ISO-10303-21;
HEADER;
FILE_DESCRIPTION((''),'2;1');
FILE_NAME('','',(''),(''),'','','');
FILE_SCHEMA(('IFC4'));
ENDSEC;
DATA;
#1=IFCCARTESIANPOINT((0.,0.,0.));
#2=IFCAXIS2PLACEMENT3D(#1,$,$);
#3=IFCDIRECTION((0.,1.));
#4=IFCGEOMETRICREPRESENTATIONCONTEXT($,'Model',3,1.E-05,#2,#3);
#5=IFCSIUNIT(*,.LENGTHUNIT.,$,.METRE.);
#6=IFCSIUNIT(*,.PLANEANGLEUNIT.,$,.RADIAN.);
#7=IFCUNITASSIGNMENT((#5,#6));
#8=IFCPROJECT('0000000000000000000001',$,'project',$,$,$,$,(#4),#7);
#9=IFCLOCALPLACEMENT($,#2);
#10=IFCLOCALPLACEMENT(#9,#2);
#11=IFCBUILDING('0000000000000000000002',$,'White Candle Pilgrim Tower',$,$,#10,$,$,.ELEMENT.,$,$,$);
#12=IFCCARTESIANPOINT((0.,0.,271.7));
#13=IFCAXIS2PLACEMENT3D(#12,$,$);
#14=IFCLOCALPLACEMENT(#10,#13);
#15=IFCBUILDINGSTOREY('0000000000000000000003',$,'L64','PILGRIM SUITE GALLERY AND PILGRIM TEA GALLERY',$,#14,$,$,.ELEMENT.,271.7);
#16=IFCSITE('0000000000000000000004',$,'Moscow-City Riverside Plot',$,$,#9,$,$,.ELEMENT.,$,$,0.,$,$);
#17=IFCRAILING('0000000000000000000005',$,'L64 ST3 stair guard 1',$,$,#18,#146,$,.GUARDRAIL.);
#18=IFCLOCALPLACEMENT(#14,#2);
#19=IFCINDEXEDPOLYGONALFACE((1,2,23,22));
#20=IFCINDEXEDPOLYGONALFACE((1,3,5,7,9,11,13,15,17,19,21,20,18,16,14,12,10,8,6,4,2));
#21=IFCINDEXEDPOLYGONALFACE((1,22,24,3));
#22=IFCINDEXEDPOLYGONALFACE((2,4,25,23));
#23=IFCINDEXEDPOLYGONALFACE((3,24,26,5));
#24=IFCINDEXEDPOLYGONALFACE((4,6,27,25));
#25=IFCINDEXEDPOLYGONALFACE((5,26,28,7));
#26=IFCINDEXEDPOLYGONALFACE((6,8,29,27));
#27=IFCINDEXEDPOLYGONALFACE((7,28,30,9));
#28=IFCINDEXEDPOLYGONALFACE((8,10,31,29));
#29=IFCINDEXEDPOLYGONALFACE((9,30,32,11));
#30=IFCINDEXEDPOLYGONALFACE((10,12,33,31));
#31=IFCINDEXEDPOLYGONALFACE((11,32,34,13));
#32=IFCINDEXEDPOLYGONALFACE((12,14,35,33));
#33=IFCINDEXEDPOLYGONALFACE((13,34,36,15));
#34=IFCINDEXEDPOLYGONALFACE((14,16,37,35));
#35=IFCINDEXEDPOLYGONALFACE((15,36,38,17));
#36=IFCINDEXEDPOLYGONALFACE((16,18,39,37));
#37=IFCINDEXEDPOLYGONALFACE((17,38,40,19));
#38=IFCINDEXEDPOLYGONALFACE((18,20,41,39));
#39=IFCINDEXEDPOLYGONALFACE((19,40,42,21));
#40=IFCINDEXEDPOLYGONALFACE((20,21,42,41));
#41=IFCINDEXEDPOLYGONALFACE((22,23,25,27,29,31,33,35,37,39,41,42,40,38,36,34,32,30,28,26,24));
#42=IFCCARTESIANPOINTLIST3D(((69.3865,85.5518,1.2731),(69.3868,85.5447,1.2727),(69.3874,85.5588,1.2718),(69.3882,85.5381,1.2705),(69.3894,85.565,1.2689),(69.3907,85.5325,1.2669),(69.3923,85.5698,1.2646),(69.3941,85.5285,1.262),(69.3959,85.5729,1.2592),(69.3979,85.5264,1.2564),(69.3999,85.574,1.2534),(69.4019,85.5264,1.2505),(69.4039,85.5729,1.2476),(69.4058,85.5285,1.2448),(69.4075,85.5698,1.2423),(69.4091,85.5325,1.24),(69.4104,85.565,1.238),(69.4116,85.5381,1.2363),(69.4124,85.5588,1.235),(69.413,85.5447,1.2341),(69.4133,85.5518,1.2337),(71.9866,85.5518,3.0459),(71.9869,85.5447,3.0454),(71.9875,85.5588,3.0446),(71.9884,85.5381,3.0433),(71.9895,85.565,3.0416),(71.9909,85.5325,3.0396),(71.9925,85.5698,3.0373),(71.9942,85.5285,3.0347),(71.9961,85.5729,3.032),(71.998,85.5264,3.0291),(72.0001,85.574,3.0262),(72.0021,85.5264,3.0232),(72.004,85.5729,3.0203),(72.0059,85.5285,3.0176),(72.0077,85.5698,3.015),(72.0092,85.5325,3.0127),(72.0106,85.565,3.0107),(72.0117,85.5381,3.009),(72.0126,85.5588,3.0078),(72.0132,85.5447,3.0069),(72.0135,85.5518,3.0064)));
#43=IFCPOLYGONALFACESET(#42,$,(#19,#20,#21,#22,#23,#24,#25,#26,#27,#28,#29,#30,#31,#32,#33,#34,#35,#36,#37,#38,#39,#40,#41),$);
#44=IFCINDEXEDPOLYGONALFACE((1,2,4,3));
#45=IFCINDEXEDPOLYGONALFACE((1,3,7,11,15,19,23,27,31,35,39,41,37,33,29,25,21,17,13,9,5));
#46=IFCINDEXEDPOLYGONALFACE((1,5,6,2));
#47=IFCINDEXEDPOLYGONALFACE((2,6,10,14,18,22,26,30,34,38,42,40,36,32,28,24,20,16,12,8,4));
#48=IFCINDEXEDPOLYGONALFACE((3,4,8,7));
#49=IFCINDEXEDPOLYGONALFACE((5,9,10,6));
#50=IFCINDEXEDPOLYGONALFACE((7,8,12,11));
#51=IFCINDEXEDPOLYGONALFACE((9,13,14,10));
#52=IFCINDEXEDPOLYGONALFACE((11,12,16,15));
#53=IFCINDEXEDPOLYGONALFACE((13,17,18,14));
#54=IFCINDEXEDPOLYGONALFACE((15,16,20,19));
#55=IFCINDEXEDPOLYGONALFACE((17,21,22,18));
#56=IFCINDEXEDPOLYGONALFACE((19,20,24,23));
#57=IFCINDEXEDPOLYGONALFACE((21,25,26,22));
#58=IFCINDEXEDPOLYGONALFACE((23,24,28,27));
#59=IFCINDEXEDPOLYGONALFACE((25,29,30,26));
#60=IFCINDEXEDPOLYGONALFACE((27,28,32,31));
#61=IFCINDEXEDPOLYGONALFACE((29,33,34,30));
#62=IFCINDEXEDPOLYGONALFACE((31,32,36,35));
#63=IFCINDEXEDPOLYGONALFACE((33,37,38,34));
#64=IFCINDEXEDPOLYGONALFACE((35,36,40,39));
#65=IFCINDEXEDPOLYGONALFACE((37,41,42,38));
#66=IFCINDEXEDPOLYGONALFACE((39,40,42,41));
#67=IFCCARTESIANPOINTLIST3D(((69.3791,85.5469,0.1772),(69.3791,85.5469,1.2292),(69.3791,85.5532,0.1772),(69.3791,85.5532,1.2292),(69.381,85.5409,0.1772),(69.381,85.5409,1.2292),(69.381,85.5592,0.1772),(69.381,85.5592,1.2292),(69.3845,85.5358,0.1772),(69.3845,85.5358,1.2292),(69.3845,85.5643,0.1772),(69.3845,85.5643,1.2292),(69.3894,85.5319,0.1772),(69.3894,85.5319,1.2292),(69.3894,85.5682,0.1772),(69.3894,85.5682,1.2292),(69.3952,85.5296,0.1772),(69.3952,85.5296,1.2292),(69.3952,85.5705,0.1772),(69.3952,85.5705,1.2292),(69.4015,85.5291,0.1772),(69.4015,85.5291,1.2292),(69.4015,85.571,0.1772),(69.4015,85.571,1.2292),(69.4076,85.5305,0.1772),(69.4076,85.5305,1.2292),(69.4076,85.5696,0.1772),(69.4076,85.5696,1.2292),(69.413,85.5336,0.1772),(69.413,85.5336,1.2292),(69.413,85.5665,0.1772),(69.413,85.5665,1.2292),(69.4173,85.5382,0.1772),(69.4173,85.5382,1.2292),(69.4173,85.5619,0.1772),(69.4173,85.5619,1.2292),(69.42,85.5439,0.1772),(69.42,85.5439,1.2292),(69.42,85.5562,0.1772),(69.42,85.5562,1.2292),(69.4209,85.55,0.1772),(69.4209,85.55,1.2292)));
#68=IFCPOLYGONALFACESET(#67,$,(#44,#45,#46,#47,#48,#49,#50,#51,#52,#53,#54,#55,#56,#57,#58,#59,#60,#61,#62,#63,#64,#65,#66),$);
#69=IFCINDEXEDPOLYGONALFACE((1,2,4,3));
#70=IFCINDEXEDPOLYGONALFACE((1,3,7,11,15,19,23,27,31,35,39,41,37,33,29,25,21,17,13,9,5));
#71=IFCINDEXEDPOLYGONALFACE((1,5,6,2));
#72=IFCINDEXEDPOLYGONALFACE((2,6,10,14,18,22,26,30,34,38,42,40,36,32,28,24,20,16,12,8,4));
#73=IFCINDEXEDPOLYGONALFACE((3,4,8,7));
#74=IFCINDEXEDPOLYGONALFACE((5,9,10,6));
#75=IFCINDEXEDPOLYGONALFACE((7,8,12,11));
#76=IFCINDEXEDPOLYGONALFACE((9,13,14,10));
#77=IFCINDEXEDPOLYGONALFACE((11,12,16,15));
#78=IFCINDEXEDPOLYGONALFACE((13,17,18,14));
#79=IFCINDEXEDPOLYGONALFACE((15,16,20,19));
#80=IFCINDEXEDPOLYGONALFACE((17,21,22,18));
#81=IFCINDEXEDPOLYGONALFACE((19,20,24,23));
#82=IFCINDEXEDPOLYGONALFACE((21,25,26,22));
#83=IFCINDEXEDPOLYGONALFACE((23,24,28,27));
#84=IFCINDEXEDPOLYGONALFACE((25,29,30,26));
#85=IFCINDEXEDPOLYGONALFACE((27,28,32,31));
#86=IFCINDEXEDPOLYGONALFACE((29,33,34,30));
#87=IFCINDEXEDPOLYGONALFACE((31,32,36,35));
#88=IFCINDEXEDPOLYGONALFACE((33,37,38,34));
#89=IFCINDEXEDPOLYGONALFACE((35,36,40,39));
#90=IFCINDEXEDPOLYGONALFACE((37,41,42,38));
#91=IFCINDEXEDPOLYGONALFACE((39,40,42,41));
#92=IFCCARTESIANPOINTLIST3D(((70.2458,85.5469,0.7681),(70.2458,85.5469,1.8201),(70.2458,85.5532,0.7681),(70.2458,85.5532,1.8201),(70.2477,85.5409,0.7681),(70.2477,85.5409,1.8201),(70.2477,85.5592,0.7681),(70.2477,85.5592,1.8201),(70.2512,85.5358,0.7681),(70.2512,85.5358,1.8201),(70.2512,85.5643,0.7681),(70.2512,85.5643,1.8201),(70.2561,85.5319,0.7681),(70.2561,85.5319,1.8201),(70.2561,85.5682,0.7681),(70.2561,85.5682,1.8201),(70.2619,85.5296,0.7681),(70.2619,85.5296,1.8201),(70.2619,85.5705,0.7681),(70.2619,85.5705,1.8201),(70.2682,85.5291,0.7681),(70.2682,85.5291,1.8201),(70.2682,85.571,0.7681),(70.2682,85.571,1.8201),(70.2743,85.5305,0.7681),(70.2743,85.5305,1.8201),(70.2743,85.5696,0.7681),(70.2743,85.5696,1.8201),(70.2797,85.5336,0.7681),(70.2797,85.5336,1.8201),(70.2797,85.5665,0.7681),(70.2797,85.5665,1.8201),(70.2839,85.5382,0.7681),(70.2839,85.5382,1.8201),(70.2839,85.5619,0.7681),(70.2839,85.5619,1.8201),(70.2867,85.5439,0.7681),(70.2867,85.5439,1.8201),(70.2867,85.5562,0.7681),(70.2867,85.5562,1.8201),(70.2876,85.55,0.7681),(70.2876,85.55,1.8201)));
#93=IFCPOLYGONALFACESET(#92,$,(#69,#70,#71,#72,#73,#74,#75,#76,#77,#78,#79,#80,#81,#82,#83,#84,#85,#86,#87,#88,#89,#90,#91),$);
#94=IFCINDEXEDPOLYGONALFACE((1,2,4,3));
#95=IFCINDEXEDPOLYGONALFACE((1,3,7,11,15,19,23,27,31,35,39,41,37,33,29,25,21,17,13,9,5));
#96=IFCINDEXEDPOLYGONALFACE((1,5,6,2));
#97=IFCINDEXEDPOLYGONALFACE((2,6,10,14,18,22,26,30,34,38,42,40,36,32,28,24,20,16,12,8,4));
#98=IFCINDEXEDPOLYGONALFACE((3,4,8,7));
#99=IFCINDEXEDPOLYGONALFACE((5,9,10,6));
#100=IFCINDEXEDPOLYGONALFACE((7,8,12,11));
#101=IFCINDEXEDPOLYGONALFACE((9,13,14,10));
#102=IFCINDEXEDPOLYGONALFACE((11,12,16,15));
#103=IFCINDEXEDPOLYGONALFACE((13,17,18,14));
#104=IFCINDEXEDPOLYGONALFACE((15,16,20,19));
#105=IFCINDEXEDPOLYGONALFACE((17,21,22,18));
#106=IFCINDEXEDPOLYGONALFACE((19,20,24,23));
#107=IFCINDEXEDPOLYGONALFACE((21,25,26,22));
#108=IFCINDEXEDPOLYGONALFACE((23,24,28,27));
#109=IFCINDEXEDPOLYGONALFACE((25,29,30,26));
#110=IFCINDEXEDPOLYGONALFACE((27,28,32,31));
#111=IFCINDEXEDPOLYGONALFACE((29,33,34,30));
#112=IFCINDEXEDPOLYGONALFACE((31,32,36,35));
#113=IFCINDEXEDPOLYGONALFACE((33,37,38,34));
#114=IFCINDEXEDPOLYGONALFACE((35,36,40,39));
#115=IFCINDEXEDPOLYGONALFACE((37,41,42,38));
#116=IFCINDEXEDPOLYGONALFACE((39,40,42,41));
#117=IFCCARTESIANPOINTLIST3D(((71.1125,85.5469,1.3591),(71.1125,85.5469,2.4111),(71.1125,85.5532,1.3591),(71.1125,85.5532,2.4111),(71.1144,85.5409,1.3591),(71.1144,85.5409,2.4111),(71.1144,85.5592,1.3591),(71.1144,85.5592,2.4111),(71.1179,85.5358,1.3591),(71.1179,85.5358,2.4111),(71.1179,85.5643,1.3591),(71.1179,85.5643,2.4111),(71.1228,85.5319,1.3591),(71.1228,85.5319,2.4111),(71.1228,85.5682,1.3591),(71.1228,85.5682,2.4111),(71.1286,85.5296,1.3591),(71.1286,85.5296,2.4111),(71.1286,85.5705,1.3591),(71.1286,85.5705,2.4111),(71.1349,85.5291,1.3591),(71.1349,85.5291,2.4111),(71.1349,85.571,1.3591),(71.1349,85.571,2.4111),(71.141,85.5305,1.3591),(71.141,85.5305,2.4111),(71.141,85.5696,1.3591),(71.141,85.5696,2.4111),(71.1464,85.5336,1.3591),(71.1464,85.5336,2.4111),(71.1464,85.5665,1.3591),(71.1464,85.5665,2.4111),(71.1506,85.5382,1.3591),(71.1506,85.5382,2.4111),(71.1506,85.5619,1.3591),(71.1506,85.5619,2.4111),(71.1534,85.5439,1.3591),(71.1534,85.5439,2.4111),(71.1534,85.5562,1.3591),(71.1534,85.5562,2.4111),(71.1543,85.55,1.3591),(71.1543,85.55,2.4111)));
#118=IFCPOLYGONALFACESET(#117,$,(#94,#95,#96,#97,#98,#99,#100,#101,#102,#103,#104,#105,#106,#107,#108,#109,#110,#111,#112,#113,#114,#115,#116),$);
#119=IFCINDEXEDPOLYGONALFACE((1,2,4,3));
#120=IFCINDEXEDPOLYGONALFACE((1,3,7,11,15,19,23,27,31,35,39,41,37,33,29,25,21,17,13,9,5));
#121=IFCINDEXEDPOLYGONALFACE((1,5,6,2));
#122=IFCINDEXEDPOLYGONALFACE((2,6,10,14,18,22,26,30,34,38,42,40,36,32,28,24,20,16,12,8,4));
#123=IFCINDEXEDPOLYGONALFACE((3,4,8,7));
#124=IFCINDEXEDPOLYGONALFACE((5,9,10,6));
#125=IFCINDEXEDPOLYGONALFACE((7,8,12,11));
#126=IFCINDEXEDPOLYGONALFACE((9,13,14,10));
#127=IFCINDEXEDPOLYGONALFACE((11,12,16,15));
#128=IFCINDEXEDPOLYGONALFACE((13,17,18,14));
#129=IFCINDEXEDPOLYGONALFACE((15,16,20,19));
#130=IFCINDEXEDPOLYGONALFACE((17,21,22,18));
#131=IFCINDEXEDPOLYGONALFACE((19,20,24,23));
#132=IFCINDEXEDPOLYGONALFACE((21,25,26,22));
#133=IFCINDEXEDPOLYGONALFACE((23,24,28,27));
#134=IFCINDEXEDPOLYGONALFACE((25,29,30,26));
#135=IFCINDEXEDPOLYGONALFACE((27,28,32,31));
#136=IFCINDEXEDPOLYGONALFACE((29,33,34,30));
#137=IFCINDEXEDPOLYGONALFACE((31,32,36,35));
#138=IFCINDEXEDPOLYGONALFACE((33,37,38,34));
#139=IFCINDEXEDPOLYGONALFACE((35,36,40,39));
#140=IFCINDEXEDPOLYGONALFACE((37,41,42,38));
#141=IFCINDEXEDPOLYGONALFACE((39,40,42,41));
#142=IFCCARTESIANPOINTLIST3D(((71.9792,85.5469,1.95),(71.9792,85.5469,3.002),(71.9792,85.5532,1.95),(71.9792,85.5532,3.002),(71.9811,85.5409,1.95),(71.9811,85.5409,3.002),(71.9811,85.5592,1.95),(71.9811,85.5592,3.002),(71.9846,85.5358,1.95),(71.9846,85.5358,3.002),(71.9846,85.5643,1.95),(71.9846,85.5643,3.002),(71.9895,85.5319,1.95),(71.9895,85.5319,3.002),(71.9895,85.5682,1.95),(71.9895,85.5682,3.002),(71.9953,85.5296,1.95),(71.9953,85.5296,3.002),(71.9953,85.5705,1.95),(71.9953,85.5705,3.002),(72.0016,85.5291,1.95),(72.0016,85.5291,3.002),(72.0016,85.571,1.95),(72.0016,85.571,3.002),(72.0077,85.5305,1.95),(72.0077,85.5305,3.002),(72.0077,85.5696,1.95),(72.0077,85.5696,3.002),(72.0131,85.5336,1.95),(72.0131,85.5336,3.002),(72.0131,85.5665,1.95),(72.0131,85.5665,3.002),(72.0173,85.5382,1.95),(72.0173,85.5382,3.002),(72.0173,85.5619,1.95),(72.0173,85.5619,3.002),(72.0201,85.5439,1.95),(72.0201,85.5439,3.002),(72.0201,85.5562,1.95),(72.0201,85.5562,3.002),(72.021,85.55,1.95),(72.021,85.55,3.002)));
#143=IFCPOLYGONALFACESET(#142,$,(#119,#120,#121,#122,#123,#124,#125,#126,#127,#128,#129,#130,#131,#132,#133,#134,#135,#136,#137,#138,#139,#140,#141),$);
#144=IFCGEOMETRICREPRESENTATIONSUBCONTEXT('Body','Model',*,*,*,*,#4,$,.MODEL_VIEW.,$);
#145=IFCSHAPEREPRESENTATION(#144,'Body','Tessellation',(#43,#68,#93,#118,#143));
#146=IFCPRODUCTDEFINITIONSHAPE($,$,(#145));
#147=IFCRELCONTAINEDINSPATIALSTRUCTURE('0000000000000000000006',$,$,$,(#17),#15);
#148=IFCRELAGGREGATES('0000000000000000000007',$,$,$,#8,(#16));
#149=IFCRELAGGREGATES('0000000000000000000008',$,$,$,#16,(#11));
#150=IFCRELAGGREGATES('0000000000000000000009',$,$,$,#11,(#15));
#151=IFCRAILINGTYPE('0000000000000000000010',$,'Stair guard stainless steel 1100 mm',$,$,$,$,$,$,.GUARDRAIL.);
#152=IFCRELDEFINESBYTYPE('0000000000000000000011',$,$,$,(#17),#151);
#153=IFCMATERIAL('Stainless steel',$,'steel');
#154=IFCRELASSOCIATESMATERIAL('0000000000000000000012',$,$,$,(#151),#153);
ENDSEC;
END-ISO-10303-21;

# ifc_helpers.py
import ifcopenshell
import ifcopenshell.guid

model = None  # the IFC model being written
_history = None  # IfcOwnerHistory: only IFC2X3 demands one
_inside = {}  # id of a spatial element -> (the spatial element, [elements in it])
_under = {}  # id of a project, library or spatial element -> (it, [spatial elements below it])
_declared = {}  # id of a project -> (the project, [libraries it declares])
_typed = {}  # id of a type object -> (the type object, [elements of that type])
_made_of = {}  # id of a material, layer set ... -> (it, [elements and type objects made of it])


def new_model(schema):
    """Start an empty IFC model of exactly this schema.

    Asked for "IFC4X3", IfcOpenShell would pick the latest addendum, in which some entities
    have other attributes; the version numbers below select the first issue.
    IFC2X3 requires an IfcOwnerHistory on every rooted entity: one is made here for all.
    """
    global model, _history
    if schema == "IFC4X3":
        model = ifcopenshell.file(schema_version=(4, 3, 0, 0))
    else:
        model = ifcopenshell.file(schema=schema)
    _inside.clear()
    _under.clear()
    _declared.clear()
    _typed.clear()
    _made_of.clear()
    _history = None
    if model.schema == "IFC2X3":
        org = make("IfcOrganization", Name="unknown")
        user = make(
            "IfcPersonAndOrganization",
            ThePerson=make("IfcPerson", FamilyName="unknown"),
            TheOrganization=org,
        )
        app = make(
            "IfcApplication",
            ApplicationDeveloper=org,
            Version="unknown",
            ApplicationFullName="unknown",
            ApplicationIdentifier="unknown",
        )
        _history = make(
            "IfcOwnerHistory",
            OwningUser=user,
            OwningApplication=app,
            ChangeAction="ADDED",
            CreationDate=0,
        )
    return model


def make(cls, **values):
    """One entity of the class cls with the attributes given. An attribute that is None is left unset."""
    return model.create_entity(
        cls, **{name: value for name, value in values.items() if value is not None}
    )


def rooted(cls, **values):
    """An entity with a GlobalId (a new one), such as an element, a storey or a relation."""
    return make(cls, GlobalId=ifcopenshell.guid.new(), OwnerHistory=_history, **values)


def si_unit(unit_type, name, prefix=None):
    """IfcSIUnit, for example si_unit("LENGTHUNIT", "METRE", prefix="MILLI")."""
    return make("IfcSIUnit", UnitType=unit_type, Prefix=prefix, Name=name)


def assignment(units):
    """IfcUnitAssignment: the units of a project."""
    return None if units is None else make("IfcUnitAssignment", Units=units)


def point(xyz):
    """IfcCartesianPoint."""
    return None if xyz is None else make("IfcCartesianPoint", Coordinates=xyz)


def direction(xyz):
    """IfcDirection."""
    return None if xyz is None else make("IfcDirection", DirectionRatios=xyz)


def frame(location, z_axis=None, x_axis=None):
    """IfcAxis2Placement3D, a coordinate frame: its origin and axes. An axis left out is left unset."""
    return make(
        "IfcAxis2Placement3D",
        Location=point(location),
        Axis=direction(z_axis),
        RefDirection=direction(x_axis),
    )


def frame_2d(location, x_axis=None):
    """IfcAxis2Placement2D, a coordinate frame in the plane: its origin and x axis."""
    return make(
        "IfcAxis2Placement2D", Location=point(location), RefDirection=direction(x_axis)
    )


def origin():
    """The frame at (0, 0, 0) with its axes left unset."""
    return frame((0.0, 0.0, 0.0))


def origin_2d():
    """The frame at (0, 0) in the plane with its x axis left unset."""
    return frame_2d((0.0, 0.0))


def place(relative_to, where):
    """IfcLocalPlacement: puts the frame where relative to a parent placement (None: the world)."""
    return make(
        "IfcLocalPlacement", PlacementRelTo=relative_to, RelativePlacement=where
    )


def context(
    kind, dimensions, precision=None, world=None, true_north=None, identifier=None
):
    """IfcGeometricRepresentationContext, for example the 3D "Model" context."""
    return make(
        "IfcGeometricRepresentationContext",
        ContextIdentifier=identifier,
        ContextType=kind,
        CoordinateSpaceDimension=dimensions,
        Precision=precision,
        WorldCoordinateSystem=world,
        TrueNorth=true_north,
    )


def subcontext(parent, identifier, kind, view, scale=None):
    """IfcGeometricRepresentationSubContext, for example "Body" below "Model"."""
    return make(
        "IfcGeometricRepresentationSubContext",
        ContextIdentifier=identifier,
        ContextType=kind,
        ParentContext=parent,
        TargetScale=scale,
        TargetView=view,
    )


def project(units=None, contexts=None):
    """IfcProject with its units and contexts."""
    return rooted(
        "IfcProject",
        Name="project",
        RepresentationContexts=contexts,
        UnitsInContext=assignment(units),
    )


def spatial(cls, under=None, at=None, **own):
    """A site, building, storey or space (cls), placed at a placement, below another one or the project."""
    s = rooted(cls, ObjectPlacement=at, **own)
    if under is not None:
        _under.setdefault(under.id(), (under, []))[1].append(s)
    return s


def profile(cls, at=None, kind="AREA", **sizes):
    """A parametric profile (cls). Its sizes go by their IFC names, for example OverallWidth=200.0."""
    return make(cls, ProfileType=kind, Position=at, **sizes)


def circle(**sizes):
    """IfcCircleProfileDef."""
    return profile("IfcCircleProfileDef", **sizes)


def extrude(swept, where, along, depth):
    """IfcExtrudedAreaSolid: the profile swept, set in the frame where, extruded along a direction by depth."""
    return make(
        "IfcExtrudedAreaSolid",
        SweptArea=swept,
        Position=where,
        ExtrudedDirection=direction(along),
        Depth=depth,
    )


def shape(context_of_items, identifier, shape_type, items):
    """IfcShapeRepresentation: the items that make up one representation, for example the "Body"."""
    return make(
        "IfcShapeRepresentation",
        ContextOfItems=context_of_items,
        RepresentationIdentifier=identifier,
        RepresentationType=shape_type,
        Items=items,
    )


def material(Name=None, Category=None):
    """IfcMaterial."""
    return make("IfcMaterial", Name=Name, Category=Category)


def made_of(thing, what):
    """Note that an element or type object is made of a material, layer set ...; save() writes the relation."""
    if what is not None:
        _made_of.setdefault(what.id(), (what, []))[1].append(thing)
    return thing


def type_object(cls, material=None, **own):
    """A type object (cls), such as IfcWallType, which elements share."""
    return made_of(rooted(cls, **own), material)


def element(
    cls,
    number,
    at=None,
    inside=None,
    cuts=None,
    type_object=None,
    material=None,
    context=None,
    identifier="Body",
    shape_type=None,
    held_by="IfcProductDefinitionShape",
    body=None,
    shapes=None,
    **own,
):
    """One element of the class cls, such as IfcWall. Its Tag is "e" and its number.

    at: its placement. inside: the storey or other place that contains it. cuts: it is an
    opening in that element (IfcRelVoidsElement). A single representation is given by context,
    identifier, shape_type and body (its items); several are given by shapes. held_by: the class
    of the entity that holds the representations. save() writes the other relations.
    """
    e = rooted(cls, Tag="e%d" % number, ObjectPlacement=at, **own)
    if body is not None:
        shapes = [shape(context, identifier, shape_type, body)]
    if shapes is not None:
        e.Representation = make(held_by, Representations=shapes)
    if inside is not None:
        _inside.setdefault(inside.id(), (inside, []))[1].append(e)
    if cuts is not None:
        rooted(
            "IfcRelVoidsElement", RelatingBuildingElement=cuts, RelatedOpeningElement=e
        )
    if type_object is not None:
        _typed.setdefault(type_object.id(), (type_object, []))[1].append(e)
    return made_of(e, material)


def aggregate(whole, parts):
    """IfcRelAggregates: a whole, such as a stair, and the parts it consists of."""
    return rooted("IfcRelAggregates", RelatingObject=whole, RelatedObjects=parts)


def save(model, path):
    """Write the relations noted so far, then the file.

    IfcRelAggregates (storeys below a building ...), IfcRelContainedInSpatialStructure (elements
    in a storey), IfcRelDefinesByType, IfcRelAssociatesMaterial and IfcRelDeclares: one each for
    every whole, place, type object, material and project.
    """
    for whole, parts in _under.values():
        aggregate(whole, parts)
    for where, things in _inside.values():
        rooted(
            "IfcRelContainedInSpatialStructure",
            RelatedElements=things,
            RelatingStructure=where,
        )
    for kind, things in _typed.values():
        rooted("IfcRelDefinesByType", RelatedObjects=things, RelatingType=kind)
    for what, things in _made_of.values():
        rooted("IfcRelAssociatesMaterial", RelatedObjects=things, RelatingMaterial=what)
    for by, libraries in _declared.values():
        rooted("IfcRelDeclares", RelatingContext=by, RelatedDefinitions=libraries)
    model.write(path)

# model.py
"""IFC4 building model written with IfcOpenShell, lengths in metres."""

from ifc_helpers import new_model, si_unit, direction, frame, origin, origin_2d, place, context, subcontext, project, spatial, circle, extrude, material, type_object, element, save


model = new_model("IFC4")

# Units and contexts
model_context = context("Model", 3, precision=1e-05, world=origin(), true_north=direction((0.0, 1.0)))
body_context = subcontext(model_context, "Body", "Model", "MODEL_VIEW")
ifc_project = project(units=[si_unit("LENGTHUNIT", "METRE"), si_unit("PLANEANGLEUNIT", "RADIAN")], contexts=[model_context])

# Site, building, storey
site_placement = place(None, origin())
site = spatial("IfcSite", under=ifc_project, at=site_placement, Name="Moscow-City Riverside Plot", CompositionType="ELEMENT", RefElevation=0.0)
building_placement = place(site_placement, origin())
building = spatial("IfcBuilding", under=site, at=building_placement, Name="White Candle Pilgrim Tower", CompositionType="ELEMENT")
storey_placement = place(building_placement, frame((0.0, 0.0, 271.7)))
storey = spatial("IfcBuildingStorey", under=building, at=storey_placement, Name="L64", Description="PILGRIM SUITE GALLERY AND PILGRIM TEA GALLERY", CompositionType="ELEMENT", Elevation=271.7)

# Railing
ifc_material_1 = material(Name="Stainless steel", Category="steel")
railing_type_1 = type_object("IfcRailingType", Name="Stair guard stainless steel 1100 mm", PredefinedType="GUARDRAIL", material=ifc_material_1)
railing_1_placement = place(storey_placement, frame((69.3999, 85.55, 0.1772)))
element("IfcRailing", 1, at=railing_1_placement, inside=storey, type_object=railing_type_1, Name="L64 ST3 stair guard 1", PredefinedType="GUARDRAIL", context=body_context, shape_type="SweptSolid", body=[
    extrude(circle(Radius=0.0239, at=origin_2d()), frame((0.0, 0.0, 1.0762), z_axis=(0.82624, 0.0, 0.563318), x_axis=(0.0, 1.0, 0.0)), (0.0, 0.0, 1.0), 3.147),
    extrude(circle(Radius=0.021, at=origin_2d()), origin(), (0.0, 0.0, 1.0), 1.052),
    extrude(circle(Radius=0.021, at=origin_2d()), frame((0.8667, 0.0, 0.5908)), (0.0, 0.0, 1.0), 1.052),
    extrude(circle(Radius=0.021, at=origin_2d()), frame((1.7334, 0.0, 1.1819)), (0.0, 0.0, 1.0), 1.052),
    extrude(circle(Radius=0.021, at=origin_2d()), frame((2.6001, 0.0, 1.7727)), (0.0, 0.0, 1.0), 1.052),
])

save(model, "model.ifc")
